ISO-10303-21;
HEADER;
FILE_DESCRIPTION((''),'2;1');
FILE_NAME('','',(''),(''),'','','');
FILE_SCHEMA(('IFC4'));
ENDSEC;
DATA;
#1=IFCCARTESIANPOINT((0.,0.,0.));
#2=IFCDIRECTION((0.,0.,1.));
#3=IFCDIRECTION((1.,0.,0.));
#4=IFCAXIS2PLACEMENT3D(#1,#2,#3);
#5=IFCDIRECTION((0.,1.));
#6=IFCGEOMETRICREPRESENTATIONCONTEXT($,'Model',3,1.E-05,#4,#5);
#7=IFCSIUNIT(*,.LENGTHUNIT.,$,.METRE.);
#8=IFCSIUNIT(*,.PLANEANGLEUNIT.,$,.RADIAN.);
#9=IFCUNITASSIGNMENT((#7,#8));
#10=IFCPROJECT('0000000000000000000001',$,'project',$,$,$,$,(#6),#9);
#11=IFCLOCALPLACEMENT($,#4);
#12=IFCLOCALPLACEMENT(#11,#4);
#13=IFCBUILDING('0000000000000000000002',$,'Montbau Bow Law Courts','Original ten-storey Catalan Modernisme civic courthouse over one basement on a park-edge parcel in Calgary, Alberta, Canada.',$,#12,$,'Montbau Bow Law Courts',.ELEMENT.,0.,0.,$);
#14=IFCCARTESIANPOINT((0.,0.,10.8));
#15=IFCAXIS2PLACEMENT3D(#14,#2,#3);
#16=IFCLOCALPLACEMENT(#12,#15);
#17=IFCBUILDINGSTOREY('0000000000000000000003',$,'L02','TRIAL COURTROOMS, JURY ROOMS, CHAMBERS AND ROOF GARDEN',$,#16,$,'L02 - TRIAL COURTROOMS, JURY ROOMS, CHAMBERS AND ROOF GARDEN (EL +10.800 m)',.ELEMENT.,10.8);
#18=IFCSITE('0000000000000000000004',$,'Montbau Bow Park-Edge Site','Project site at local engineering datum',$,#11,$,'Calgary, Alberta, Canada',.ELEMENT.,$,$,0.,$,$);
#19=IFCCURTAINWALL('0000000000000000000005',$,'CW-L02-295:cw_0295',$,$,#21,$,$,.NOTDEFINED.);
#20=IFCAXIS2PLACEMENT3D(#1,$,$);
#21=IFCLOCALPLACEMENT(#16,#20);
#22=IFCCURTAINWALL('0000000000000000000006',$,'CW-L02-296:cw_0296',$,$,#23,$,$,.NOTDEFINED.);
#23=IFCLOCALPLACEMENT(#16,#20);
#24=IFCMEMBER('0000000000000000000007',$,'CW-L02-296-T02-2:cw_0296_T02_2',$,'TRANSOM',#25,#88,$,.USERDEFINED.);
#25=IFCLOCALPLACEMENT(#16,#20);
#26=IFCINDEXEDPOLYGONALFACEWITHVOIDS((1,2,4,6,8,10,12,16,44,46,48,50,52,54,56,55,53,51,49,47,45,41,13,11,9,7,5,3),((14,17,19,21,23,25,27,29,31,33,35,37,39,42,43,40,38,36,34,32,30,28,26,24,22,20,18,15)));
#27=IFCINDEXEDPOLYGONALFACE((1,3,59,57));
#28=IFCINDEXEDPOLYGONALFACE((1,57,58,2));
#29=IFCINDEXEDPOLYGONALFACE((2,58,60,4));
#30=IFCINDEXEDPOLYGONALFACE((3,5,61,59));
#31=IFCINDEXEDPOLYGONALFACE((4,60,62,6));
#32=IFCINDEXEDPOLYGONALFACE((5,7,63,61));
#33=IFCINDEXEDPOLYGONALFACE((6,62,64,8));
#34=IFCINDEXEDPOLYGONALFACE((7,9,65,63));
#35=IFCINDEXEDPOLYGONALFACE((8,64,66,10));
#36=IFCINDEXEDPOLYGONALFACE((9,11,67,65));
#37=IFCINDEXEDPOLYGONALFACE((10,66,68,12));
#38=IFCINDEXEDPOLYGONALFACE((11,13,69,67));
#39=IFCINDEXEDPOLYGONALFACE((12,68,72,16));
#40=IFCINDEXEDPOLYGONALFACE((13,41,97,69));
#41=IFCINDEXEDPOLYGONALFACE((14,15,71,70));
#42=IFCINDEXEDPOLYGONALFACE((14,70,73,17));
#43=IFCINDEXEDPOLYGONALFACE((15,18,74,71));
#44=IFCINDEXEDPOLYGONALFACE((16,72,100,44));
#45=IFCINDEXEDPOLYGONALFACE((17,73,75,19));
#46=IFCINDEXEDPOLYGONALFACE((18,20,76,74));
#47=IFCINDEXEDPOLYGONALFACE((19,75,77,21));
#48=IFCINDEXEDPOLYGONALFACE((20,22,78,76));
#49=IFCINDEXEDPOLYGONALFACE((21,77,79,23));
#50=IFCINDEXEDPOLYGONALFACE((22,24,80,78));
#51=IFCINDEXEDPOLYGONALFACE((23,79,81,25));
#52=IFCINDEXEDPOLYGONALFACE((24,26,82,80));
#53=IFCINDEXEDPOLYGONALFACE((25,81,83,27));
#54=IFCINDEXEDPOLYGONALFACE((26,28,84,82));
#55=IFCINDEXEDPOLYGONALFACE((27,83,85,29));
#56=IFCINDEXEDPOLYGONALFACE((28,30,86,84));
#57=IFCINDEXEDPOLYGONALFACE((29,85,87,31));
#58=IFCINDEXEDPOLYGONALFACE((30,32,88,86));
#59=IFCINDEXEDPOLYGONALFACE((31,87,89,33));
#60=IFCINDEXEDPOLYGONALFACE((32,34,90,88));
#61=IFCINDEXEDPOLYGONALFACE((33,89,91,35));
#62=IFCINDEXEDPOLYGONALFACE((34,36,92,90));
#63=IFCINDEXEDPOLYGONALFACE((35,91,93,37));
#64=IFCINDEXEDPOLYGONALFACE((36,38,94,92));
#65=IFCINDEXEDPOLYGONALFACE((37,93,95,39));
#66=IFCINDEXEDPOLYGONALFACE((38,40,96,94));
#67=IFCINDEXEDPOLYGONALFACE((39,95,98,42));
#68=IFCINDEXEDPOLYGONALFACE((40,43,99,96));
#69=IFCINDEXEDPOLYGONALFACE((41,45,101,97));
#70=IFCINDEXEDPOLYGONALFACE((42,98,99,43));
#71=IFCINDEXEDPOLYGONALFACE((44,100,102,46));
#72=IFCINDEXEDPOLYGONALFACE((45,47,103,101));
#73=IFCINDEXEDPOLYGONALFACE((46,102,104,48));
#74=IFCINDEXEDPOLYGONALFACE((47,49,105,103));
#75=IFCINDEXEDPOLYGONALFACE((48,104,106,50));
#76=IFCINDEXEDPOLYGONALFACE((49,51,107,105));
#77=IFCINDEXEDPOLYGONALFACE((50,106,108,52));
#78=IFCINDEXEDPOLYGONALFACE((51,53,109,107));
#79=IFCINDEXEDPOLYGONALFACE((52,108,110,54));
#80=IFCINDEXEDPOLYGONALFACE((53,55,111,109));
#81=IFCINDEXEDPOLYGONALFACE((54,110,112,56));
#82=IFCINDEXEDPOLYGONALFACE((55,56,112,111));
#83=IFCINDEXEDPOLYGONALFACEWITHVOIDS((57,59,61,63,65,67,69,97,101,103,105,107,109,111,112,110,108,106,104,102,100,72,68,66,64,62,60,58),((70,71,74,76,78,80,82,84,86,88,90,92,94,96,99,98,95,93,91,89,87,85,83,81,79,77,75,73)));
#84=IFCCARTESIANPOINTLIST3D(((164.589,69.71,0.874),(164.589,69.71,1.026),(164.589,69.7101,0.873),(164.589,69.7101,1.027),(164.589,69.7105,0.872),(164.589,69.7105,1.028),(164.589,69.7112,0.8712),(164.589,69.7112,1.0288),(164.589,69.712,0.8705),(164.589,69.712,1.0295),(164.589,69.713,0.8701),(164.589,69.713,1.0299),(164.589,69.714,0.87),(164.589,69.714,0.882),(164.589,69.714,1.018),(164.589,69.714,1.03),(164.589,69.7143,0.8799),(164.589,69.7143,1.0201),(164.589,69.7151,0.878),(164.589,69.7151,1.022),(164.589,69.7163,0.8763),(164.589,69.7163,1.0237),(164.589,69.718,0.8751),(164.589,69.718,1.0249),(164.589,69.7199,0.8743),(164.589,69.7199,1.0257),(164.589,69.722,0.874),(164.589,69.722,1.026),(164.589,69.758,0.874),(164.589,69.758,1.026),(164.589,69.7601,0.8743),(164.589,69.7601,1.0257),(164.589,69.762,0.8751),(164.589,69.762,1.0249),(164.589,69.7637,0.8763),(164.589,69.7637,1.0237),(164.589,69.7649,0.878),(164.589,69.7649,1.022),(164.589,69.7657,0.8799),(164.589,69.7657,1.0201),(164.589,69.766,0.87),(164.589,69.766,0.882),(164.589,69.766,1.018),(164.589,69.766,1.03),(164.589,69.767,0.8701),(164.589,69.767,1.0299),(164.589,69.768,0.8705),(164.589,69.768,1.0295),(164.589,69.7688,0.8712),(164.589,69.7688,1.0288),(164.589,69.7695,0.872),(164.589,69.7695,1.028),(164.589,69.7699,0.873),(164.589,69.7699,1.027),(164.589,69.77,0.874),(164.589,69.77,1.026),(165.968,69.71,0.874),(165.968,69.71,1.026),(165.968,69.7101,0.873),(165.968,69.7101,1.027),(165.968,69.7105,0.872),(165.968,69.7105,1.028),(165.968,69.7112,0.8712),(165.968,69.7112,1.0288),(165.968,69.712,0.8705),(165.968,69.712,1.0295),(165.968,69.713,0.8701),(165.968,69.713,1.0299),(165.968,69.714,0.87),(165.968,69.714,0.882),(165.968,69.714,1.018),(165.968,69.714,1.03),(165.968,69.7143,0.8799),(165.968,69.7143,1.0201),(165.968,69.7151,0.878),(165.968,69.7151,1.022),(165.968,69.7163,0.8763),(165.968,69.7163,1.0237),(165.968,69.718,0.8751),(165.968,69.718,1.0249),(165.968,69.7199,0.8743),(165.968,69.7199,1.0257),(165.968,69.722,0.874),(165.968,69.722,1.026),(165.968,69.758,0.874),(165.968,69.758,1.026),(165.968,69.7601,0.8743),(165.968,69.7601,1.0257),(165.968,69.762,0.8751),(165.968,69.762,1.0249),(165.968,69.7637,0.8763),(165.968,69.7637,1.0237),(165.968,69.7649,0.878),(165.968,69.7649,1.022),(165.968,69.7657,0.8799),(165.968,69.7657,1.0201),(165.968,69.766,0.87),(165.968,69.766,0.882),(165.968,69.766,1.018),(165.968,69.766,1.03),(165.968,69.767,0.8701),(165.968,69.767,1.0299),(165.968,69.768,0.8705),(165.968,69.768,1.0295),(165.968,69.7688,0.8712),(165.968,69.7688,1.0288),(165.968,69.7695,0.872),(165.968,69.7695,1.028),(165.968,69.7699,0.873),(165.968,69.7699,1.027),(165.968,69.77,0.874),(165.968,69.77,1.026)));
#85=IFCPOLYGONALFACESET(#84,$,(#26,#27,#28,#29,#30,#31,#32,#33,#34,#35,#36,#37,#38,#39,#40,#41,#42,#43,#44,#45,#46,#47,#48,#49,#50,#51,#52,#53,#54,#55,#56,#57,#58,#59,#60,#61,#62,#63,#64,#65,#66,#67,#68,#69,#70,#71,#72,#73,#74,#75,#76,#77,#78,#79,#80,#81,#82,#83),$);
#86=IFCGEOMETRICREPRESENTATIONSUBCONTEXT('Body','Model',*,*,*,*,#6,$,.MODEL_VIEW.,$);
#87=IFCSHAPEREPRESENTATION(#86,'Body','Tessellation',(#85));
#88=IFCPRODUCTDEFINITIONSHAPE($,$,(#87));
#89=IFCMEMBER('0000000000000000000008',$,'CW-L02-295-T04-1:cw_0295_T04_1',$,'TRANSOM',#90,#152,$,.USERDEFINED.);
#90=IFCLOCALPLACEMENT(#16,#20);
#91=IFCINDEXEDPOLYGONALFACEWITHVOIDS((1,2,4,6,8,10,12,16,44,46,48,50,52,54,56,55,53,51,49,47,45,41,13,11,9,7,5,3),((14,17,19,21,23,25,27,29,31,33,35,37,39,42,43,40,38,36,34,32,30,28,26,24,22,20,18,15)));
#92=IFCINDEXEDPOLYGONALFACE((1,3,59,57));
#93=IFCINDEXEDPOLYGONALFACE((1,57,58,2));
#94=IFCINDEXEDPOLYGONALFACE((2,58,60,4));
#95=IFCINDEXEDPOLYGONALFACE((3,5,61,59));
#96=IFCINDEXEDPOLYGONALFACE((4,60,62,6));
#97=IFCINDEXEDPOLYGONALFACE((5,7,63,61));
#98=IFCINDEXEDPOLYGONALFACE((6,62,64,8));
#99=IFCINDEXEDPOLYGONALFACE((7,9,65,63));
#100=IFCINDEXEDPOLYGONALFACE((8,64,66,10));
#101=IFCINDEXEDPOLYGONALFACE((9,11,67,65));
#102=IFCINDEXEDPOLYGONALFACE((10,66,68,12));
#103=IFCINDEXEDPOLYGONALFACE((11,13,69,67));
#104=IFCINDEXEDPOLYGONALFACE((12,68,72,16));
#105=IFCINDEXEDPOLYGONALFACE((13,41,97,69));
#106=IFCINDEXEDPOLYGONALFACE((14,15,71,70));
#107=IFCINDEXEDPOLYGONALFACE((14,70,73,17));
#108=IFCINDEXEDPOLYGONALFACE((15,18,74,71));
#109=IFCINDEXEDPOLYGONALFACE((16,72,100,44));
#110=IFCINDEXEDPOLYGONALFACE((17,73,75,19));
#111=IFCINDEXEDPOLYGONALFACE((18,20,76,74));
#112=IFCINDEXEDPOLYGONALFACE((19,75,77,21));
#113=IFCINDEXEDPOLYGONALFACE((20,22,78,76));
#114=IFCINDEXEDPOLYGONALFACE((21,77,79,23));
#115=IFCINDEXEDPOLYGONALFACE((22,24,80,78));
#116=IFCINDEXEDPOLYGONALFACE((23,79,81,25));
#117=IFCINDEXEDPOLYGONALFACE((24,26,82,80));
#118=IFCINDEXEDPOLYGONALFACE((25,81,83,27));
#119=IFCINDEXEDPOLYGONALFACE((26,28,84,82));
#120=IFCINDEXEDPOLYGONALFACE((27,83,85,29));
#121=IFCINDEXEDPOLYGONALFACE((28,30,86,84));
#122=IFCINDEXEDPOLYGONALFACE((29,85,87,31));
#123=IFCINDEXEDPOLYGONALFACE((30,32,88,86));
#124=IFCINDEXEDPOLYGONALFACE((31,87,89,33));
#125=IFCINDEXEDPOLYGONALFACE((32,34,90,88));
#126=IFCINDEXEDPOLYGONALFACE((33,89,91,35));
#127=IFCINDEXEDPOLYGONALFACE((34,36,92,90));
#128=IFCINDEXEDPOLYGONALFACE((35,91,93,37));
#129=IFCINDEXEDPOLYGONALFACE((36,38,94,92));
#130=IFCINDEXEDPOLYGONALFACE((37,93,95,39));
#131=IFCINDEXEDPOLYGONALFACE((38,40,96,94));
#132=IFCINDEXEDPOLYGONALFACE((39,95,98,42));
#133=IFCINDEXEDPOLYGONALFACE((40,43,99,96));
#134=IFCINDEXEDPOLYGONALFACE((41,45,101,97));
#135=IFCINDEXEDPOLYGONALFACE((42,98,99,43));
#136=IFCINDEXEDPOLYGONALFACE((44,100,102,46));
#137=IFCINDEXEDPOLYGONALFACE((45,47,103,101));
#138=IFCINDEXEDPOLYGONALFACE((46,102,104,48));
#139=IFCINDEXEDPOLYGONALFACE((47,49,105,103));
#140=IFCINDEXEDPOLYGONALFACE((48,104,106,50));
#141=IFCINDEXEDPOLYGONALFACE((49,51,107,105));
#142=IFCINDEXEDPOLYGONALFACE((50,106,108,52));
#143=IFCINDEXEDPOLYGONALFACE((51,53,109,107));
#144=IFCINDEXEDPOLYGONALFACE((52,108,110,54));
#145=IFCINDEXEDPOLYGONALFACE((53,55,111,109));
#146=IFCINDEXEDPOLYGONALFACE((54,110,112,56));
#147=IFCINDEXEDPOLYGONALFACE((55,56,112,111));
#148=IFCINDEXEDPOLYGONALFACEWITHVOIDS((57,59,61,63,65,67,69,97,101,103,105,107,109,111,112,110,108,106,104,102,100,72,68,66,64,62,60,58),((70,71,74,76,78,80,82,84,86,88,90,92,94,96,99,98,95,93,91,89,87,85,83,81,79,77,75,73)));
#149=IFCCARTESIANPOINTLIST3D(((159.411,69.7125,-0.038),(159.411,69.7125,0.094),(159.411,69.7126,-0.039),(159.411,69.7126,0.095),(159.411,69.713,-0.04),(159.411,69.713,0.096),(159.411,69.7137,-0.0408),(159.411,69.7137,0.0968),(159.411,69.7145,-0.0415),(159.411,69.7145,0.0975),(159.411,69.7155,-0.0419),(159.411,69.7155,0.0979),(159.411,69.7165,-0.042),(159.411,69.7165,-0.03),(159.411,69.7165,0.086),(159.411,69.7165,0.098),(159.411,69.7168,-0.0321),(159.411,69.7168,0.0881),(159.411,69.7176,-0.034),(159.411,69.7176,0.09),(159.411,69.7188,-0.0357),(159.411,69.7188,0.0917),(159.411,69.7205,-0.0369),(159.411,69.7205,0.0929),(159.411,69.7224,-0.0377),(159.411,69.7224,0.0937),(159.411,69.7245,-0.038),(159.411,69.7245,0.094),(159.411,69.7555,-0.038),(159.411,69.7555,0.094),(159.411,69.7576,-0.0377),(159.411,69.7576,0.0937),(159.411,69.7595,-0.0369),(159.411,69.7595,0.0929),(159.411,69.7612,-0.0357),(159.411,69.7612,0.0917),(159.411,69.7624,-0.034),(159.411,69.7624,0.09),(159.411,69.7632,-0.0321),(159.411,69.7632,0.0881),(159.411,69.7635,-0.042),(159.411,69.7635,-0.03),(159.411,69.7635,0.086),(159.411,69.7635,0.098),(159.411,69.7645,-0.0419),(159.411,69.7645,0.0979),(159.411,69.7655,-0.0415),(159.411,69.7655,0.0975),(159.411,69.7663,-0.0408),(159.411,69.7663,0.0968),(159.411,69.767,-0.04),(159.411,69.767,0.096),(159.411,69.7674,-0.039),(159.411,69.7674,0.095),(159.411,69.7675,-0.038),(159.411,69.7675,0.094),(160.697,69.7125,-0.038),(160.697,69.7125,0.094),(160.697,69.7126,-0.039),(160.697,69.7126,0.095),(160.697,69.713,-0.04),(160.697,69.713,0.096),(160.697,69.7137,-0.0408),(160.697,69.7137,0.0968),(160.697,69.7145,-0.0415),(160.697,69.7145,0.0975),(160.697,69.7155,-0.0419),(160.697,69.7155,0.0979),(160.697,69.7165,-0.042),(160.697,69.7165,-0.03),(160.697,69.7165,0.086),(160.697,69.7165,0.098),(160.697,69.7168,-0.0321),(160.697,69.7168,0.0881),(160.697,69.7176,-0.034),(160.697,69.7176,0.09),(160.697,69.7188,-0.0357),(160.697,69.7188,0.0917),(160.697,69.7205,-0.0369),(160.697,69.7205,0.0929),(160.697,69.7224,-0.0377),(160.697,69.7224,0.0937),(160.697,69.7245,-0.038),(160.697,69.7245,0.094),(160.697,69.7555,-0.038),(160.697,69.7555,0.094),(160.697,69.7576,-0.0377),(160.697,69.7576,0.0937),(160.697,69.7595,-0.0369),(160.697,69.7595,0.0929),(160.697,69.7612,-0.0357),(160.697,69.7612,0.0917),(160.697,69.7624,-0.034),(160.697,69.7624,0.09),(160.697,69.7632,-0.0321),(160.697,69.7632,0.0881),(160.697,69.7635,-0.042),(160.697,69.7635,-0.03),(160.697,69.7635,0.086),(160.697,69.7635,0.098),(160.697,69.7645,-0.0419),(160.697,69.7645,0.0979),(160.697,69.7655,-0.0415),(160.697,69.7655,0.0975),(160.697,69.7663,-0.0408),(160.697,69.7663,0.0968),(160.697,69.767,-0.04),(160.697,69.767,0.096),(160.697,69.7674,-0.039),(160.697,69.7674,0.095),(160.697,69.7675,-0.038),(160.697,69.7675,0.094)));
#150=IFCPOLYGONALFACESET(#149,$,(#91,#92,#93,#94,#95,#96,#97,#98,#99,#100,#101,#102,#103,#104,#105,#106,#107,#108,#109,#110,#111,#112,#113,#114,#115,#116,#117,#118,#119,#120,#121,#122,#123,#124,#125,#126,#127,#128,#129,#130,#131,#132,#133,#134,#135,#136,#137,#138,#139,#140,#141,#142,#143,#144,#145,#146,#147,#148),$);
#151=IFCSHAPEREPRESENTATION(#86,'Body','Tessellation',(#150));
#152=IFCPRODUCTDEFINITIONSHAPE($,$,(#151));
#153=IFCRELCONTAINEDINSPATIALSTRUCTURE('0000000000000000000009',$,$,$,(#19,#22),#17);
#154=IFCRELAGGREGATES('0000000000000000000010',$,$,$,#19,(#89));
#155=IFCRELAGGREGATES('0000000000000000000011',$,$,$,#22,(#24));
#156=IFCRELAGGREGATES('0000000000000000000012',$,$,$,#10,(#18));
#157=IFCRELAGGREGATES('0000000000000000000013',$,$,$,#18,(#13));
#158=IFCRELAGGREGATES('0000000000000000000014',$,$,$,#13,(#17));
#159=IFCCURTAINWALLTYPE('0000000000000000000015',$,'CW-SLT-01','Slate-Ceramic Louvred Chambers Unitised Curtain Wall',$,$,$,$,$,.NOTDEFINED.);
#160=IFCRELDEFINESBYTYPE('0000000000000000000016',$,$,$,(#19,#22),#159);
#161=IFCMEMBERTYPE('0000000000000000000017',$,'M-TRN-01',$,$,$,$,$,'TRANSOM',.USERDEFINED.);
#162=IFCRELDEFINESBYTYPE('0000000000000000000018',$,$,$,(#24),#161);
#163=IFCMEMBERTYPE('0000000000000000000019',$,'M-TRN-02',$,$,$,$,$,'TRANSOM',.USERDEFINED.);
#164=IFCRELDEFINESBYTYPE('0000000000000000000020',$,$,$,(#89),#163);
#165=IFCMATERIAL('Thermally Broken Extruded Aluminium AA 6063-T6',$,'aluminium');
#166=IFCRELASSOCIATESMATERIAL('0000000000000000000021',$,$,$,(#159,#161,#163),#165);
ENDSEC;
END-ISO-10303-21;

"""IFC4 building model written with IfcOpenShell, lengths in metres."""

from ifc_helpers import new_model, si_unit, direction, frame, origin_with_axes, origin_2d_with_axis, place, context, subcontext, project, spatial, hollow_rectangle, extrude, material, material_profile, profile_set, type_object, element, aggregate, save


model = new_model("IFC4")

# Units and contexts
model_context = context("Model", 3, precision=1e-05, world=origin_with_axes(), true_north=direction((0.0, 1.0)))
body_context = subcontext(model_context, "Body", "Model", "MODEL_VIEW")
ifc_project = project(units=[si_unit("LENGTHUNIT", "METRE"), si_unit("PLANEANGLEUNIT", "RADIAN")], contexts=[model_context])

# Site, building, storey
site_placement = place(None, origin_with_axes())
site = spatial("IfcSite", under=ifc_project, at=site_placement, Name="Montbau Bow Park-Edge Site", Description="Project site at local engineering datum", LongName="Calgary, Alberta, Canada", CompositionType="ELEMENT", RefElevation=0.0)
building_placement = place(site_placement, origin_with_axes())
building = spatial("IfcBuilding", under=site, at=building_placement, Name="Montbau Bow Law Courts", Description="Original ten-storey Catalan Modernisme civic courthouse over one basement on a park-edge parcel in Calgary, Alberta, Canada.", LongName="Montbau Bow Law Courts", CompositionType="ELEMENT", ElevationOfRefHeight=0.0, ElevationOfTerrain=0.0)
storey_placement = place(building_placement, frame((0.0, 0.0, 10.8), z_axis=(0.0, 0.0, 1.0), x_axis=(1.0, 0.0, 0.0)))
storey = spatial("IfcBuildingStorey", under=building, at=storey_placement, Name="L02", Description="TRIAL COURTROOMS, JURY ROOMS, CHAMBERS AND ROOF GARDEN", LongName="L02 - TRIAL COURTROOMS, JURY ROOMS, CHAMBERS AND ROOF GARDEN (EL +10.800 m)", CompositionType="ELEMENT", Elevation=10.8)

# Curtain walls, member
ifc_material_1 = material(Name="Thermally Broken Extruded Aluminium AA 6063-T6", Category="aluminium")
curtain_wall_type = type_object("IfcCurtainWallType", Name="CW-SLT-01", Description="Slate-Ceramic Louvred Chambers Unitised Curtain Wall", PredefinedType="NOTDEFINED", material=ifc_material_1)
curtain_wall_1_placement = place(None, frame((155.315, 69.74, 10.8), z_axis=(0.0, 0.0, 1.0), x_axis=(1.0, 0.0, 0.0)))
curtain_wall_1 = element("IfcCurtainWall", 1, at=curtain_wall_1_placement, inside=storey, type_object=curtain_wall_type, Name="CW-L02-295:cw_0295", PredefinedType="NOTDEFINED")
curtain_wall_2_placement = place(None, frame((163.115, 69.74, 10.8), z_axis=(0.0, 0.0, 1.0), x_axis=(1.0, 0.0, 0.0)))
curtain_wall_2 = element("IfcCurtainWall", 2, at=curtain_wall_2_placement, inside=storey, type_object=curtain_wall_type, Name="CW-L02-296:cw_0296", PredefinedType="NOTDEFINED")
ifc_material_profile_1 = material_profile(ifc_material_1, hollow_rectangle(XDim=0.06, YDim=0.16, WallThickness=0.004, InnerFilletRadius=0.008, OuterFilletRadius=0.004, at=origin_2d_with_axis()), Name="CWT-160X60", Category="Main", Priority=0)
ifc_profile_set_1 = profile_set([ifc_material_profile_1], Name="Thermally Broken Extruded Aluminium AA 6063-T6")
member_type_1 = type_object("IfcMemberType", Name="M-TRN-01", ElementType="TRANSOM", PredefinedType="USERDEFINED", material=ifc_profile_set_1)
member_1_placement = place(None, frame((164.589, 69.74, 11.75), z_axis=(1.0, 0.0, 0.0), x_axis=(0.0, 1.0, 0.0)))
member_1 = element("IfcMember", 3, at=member_1_placement, type_object=member_type_1, Name="CW-L02-296-T02-2:cw_0296_T02_2", ObjectType="TRANSOM", PredefinedType="USERDEFINED", context=body_context, shape_type="SweptSolid", body=[
    extrude(hollow_rectangle(XDim=0.06, YDim=0.16, WallThickness=0.004, InnerFilletRadius=0.008, OuterFilletRadius=0.004, at=origin_2d_with_axis()), origin_with_axes(), (0.0, 0.0, 1.0), 1.379),
])

# Member
ifc_material_profile_2 = material_profile(ifc_material_1, hollow_rectangle(XDim=0.055, YDim=0.14, WallThickness=0.004, InnerFilletRadius=0.008, OuterFilletRadius=0.004, at=origin_2d_with_axis()), Name="CWT-140X55", Category="Main", Priority=0)
ifc_profile_set_2 = profile_set([ifc_material_profile_2], Name="Thermally Broken Extruded Aluminium AA 6063-T6")
member_type_2 = type_object("IfcMemberType", Name="M-TRN-02", ElementType="TRANSOM", PredefinedType="USERDEFINED", material=ifc_profile_set_2)
member_2_placement = place(None, frame((159.411, 69.74, 10.828), z_axis=(1.0, 0.0, 0.0), x_axis=(0.0, 1.0, 0.0)))
member_2 = element("IfcMember", 4, at=member_2_placement, type_object=member_type_2, Name="CW-L02-295-T04-1:cw_0295_T04_1", ObjectType="TRANSOM", PredefinedType="USERDEFINED", context=body_context, shape_type="SweptSolid", body=[
    extrude(hollow_rectangle(XDim=0.055, YDim=0.14, WallThickness=0.004, InnerFilletRadius=0.008, OuterFilletRadius=0.004, at=origin_2d_with_axis()), origin_with_axes(), (0.0, 0.0, 1.0), 1.286),
])

aggregate(curtain_wall_1, [member_2])
aggregate(curtain_wall_2, [member_1])

save(model, "model.ifc")
